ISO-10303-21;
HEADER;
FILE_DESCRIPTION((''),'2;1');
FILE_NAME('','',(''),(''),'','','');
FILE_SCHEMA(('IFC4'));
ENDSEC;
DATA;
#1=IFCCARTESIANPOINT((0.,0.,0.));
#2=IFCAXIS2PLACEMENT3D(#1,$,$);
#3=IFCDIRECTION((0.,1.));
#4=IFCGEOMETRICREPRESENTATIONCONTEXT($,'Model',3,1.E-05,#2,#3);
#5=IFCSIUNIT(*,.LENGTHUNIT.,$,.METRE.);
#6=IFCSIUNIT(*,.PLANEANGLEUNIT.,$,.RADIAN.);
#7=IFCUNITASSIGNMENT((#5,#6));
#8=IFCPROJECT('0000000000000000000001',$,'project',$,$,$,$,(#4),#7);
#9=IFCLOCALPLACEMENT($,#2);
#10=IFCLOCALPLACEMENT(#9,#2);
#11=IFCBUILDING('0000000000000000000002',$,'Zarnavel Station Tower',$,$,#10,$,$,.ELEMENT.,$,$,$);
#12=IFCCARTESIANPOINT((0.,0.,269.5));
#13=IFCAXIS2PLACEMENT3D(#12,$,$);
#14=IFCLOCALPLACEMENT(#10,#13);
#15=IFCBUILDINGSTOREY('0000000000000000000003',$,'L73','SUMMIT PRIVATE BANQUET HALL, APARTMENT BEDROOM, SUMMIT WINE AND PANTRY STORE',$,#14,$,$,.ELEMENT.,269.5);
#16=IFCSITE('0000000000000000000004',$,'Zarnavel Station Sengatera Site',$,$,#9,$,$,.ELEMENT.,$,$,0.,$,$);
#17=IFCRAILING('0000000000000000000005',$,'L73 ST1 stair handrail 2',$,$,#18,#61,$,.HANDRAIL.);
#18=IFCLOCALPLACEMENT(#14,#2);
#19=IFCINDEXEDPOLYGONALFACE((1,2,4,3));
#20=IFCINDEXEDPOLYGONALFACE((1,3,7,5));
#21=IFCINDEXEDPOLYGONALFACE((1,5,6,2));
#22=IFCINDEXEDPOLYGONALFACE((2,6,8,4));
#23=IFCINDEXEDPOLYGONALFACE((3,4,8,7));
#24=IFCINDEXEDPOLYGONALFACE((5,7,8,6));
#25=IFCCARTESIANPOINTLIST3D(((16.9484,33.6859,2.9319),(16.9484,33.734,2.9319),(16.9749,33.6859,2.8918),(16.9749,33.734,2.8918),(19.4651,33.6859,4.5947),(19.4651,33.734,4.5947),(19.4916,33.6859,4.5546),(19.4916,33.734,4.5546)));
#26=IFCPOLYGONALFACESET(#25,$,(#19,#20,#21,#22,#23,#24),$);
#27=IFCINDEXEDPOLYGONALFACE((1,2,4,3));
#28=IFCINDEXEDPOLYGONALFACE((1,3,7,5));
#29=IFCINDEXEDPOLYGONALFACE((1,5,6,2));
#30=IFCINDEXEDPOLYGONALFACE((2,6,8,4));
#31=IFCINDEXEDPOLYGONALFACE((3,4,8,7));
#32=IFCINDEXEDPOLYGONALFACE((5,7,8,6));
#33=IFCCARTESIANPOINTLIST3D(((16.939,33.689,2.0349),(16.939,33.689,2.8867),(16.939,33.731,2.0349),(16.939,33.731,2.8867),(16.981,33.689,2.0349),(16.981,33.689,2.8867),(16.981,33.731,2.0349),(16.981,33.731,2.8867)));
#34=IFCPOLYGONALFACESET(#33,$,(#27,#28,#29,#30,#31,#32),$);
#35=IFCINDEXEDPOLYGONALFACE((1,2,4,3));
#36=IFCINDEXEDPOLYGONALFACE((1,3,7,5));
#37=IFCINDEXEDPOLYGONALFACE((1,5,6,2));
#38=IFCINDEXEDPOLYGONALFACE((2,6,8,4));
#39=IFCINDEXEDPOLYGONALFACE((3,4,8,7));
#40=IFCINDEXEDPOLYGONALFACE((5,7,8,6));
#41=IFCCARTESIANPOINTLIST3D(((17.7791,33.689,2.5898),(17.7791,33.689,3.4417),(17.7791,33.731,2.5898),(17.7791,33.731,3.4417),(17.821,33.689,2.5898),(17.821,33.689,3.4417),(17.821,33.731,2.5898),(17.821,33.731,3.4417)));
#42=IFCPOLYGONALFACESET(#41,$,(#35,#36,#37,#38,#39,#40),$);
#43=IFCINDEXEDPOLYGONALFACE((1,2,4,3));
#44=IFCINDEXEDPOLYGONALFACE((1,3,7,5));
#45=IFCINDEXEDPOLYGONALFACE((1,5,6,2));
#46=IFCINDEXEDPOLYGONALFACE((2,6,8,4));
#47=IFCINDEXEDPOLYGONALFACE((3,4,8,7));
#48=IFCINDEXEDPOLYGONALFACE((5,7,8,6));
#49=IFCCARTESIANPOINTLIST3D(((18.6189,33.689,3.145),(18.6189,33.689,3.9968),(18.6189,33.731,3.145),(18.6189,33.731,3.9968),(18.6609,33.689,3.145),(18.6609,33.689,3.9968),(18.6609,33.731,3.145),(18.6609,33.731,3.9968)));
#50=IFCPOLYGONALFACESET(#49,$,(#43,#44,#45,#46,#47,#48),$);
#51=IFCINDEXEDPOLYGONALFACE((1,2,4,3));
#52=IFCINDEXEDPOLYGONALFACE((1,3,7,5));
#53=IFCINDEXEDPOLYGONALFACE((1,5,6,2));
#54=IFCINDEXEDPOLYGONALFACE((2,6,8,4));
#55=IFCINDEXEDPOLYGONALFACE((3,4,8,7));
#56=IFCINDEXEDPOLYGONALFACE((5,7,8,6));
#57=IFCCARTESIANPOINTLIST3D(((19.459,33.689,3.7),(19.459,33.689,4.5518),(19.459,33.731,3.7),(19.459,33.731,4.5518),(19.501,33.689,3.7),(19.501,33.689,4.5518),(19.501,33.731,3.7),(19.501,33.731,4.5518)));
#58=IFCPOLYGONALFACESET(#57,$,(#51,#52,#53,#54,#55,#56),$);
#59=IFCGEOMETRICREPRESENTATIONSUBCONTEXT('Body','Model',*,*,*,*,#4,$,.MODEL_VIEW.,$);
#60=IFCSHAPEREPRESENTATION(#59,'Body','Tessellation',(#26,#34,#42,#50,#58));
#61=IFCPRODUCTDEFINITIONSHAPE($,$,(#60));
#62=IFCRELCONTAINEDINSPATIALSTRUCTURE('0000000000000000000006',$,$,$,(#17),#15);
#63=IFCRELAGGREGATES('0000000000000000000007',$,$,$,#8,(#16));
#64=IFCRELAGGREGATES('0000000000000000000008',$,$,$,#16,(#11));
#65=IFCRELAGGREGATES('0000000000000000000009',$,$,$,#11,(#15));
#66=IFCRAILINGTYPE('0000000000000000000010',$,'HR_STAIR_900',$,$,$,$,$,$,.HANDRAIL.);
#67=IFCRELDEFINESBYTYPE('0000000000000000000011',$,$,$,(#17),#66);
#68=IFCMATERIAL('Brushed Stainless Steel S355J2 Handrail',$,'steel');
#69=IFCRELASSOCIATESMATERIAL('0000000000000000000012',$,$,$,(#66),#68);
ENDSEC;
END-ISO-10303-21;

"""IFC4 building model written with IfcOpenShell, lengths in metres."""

from ifc_helpers import new_model, si_unit, direction, frame, origin, origin_2d, place, context, subcontext, project, spatial, rectangle, extrude, material, type_object, element, save


model = new_model("IFC4")

# Units and contexts
model_context = context("Model", 3, precision=1e-05, world=origin(), true_north=direction((0.0, 1.0)))
body_context = subcontext(model_context, "Body", "Model", "MODEL_VIEW")
ifc_project = project(units=[si_unit("LENGTHUNIT", "METRE"), si_unit("PLANEANGLEUNIT", "RADIAN")], contexts=[model_context])

# Site, building, storey
site_placement = place(None, origin())
site = spatial("IfcSite", under=ifc_project, at=site_placement, Name="Zarnavel Station Sengatera Site", CompositionType="ELEMENT", RefElevation=0.0)
building_placement = place(site_placement, origin())
building = spatial("IfcBuilding", under=site, at=building_placement, Name="Zarnavel Station Tower", CompositionType="ELEMENT")
storey_placement = place(building_placement, frame((0.0, 0.0, 269.5)))
storey = spatial("IfcBuildingStorey", under=building, at=storey_placement, Name="L73", Description="SUMMIT PRIVATE BANQUET HALL, APARTMENT BEDROOM, SUMMIT WINE AND PANTRY STORE", CompositionType="ELEMENT", Elevation=269.5)

# Railing
ifc_material_1 = material(Name="Brushed Stainless Steel S355J2 Handrail", Category="steel")
railing_type_1 = type_object("IfcRailingType", Name="HR_STAIR_900", PredefinedType="HANDRAIL", material=ifc_material_1)
railing_1_placement = place(storey_placement, frame((16.96, 33.71, 2.0349)))
element("IfcRailing", 1, at=railing_1_placement, inside=storey, type_object=railing_type_1, Name="L73 ST1 stair handrail 2", PredefinedType="HANDRAIL", context=body_context, shape_type="SweptSolid", body=[
    extrude(rectangle(XDim=0.0481, YDim=0.0481, at=origin_2d()), frame((0.0017, 0.0, 0.877), z_axis=(0.834331, 0.0, 0.551263), x_axis=(0.0, 1.0, 0.0)), (0.0, 0.0, 1.0), 3.0164),
    extrude(rectangle(XDim=0.042, YDim=0.042, at=origin_2d()), origin(), (0.0, 0.0, 1.0), 0.8518),
    extrude(rectangle(XDim=0.042, YDim=0.042, at=origin_2d()), frame((0.8401, 0.0, 0.5549)), (0.0, 0.0, 1.0), 0.8518),
    extrude(rectangle(XDim=0.042, YDim=0.042, at=origin_2d()), frame((1.6799, 0.0, 1.1101)), (0.0, 0.0, 1.0), 0.8518),
    extrude(rectangle(XDim=0.042, YDim=0.042, at=origin_2d()), frame((2.52, 0.0, 1.665)), (0.0, 0.0, 1.0), 0.8518),
])

save(model, "model.ifc")
